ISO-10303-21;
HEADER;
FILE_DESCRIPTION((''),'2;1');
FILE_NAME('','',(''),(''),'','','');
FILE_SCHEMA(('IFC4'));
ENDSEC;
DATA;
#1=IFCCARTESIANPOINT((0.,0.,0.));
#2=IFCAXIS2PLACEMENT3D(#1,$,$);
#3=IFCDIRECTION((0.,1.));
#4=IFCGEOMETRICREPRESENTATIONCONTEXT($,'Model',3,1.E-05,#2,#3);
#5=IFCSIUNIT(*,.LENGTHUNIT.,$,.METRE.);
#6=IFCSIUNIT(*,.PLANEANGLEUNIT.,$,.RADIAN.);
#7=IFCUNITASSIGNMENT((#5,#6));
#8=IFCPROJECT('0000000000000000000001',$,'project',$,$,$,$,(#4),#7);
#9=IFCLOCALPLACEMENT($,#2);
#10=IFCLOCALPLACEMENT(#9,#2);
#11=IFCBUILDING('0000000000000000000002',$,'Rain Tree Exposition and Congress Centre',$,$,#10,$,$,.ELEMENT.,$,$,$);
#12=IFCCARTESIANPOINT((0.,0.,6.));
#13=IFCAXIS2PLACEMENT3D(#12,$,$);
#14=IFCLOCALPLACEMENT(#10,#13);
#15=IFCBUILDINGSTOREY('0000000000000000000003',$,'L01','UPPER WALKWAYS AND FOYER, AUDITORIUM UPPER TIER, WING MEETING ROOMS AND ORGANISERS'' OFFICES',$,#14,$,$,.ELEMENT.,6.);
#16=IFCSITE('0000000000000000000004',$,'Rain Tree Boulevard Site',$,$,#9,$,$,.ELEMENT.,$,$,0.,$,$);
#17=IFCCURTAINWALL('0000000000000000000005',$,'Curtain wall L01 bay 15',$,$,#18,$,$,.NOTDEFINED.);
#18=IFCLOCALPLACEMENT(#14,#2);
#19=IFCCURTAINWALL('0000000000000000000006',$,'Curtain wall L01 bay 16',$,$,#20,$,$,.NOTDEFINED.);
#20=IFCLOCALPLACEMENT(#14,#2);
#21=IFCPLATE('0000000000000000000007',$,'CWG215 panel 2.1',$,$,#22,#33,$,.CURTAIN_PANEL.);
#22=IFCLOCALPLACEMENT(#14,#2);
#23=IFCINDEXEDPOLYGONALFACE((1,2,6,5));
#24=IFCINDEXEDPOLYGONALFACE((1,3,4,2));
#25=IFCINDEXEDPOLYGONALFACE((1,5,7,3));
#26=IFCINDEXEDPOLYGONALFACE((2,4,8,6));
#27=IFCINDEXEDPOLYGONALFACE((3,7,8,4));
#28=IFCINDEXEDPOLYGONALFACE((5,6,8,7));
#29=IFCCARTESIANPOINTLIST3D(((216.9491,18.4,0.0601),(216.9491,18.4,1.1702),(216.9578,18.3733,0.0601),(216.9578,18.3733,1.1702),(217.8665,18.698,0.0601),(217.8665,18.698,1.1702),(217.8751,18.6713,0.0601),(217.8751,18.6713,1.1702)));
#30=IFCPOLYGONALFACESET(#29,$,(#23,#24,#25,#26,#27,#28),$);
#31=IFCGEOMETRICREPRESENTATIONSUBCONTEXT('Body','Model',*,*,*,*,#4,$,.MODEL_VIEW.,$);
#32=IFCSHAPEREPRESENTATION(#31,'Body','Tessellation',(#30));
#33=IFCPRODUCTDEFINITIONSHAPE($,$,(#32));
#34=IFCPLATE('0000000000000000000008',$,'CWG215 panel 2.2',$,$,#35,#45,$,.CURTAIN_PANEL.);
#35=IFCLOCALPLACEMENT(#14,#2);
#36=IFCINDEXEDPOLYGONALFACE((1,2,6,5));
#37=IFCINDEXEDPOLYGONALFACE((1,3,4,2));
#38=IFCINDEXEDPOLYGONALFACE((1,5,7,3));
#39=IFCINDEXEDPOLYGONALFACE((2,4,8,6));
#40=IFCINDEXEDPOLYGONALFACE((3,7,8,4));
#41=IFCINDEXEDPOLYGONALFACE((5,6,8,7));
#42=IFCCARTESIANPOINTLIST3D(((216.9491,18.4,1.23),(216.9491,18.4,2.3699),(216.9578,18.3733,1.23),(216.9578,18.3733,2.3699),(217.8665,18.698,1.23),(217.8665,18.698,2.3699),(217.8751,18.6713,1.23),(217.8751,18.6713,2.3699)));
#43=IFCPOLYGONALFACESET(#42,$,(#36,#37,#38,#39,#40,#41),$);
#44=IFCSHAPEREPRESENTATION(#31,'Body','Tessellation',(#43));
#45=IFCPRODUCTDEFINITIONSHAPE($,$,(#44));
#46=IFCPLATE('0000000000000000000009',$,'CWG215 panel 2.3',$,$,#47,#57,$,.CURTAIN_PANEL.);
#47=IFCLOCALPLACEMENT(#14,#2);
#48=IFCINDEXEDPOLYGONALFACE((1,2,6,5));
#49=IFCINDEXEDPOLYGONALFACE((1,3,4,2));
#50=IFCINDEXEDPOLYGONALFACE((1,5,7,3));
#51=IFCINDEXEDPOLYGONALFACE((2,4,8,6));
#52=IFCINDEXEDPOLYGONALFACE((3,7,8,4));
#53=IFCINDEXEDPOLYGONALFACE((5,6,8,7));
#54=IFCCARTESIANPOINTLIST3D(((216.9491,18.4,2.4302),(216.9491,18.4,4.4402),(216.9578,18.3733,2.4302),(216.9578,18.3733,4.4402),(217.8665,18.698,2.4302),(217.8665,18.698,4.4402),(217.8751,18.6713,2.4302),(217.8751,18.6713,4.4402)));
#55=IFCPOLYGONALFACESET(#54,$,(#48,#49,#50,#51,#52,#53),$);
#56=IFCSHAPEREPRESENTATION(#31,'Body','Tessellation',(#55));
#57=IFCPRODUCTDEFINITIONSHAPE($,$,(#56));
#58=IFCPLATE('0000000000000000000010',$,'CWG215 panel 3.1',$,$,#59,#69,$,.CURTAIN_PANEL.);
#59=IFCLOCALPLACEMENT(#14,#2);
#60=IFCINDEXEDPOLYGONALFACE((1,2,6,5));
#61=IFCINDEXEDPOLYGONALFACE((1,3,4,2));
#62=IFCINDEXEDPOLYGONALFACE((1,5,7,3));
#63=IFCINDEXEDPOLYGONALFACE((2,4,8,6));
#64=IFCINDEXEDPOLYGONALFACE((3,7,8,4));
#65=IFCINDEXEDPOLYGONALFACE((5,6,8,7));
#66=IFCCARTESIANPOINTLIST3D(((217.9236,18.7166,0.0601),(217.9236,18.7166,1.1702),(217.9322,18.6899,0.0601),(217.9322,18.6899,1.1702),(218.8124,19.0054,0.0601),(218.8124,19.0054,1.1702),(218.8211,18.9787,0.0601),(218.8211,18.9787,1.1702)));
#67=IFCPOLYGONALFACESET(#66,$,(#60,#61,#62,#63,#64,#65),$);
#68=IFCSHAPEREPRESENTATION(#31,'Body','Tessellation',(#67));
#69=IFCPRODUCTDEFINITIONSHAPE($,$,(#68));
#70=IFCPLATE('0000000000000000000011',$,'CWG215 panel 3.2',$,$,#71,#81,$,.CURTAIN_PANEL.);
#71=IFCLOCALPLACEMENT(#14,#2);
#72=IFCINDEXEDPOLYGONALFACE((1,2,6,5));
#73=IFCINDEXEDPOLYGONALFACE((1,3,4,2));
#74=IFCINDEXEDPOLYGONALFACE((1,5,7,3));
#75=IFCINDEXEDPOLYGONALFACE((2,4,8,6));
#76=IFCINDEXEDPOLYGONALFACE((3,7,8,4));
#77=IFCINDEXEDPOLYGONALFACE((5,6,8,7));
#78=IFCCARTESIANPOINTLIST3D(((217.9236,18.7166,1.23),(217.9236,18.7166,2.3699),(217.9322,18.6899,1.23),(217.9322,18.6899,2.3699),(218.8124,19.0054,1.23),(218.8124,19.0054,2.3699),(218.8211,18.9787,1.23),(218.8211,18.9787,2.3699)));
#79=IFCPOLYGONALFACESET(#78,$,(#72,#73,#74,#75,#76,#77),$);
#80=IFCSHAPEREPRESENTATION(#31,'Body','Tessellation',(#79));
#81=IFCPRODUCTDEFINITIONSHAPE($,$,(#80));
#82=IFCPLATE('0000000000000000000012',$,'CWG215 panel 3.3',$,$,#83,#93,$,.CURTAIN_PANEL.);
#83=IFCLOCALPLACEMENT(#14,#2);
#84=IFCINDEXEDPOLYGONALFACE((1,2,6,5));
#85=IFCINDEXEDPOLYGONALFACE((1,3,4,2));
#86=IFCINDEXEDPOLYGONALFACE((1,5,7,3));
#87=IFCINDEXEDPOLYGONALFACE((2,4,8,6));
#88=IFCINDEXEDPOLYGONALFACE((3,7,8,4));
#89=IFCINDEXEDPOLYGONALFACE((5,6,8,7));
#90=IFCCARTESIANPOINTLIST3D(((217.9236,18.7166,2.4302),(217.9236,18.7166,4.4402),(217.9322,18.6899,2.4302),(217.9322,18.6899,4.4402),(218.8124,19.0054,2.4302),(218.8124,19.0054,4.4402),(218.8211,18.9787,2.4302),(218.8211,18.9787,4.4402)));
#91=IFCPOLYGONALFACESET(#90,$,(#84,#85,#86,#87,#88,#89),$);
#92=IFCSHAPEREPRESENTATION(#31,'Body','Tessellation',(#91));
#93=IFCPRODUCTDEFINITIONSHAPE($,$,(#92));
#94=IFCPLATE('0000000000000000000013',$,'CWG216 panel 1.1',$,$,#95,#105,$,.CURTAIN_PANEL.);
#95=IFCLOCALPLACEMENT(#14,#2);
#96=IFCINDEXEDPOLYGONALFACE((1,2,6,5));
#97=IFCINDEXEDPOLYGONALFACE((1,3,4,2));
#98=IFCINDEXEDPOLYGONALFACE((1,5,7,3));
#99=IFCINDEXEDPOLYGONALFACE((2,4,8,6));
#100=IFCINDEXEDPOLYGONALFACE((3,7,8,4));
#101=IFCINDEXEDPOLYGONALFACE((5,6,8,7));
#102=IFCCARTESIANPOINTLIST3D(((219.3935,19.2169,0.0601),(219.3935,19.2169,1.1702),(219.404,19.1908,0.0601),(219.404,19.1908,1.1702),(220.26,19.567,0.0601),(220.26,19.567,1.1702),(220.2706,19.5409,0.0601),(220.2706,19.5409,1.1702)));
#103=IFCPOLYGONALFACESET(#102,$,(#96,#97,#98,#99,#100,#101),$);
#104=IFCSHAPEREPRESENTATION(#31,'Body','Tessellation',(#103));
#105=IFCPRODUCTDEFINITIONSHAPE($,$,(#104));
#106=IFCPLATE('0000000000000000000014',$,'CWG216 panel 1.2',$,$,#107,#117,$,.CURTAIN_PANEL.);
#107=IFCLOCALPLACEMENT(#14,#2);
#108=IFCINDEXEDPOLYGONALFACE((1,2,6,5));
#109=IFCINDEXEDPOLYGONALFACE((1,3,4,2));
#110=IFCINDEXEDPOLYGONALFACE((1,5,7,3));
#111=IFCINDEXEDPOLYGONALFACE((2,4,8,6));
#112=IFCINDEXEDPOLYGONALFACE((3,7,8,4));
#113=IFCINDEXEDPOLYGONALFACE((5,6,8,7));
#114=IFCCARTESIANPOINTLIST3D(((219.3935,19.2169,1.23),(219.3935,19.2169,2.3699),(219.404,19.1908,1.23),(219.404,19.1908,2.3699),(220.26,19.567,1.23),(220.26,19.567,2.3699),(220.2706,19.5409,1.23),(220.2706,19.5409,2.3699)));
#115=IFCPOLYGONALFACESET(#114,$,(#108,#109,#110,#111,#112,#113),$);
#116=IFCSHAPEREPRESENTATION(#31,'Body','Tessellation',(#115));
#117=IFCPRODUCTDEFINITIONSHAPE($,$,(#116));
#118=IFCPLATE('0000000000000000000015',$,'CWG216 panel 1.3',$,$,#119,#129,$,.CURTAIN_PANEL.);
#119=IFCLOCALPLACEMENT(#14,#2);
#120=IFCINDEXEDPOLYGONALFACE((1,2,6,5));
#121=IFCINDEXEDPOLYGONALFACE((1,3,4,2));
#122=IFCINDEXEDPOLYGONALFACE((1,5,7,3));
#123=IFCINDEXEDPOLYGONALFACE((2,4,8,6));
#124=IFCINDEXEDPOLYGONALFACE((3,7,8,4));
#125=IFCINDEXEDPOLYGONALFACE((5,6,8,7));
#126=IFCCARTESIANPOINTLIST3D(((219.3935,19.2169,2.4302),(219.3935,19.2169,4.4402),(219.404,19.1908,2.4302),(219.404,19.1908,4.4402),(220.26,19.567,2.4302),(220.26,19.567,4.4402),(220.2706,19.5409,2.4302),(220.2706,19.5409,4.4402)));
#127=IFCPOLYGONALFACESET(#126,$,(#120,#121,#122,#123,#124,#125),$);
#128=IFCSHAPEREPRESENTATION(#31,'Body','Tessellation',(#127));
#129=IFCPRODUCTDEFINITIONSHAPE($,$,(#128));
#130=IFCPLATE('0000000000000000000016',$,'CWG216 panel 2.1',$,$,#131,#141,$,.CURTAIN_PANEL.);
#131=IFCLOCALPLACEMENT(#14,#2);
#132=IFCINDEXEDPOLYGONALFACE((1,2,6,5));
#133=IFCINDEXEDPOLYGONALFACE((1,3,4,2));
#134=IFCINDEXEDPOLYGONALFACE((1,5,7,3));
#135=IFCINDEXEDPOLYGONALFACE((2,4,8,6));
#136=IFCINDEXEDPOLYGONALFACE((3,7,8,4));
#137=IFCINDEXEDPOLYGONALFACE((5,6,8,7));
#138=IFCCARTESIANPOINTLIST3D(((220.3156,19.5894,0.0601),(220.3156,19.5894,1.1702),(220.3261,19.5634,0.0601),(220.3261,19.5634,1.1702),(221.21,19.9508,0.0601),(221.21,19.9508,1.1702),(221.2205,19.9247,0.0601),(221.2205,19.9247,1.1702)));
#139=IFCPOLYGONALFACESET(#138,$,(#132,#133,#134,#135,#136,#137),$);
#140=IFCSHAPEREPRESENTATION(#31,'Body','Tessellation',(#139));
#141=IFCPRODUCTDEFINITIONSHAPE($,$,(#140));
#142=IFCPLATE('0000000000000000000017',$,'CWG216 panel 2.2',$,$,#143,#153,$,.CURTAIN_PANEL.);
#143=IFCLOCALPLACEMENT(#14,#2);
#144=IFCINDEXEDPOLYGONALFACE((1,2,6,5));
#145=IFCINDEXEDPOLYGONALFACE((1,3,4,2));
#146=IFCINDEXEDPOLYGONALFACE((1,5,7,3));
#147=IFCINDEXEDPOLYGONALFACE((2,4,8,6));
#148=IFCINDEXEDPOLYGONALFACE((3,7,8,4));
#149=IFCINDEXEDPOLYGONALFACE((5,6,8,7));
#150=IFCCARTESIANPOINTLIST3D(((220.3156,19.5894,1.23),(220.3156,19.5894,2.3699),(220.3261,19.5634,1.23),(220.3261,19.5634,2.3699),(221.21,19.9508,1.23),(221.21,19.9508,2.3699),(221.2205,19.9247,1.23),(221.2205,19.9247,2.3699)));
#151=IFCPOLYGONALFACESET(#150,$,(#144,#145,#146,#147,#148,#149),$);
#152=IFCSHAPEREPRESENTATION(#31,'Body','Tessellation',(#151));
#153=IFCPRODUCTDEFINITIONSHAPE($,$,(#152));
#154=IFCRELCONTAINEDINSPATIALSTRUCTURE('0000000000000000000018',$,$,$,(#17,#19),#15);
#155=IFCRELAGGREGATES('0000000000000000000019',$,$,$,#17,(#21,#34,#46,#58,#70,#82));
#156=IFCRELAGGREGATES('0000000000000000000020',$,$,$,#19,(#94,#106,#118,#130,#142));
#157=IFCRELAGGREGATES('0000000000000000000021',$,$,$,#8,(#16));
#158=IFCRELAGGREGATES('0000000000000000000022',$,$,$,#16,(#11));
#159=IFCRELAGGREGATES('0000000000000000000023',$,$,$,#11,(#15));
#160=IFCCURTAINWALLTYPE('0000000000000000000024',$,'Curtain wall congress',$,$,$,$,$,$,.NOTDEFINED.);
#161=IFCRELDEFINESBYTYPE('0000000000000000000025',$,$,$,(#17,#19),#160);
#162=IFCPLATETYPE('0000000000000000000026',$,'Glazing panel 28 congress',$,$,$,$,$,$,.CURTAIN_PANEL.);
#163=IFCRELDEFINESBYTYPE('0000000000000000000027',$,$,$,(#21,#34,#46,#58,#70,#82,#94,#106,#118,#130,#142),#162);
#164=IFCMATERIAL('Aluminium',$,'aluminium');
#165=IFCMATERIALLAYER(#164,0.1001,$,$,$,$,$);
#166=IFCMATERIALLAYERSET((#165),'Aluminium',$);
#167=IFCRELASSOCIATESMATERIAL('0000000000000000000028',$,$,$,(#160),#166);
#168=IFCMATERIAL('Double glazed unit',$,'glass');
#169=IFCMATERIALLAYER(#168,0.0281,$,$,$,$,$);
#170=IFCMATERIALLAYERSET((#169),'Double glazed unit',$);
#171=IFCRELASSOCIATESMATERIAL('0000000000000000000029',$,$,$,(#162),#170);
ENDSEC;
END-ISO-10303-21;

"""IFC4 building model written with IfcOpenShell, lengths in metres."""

from ifc_helpers import new_model, si_unit, direction, frame, origin, origin_2d, place, context, subcontext, project, spatial, rectangle, extrude, material, layer, layer_set, type_object, element, aggregate, save


model = new_model("IFC4")

# Units and contexts
model_context = context("Model", 3, precision=1e-05, world=origin(), true_north=direction((0.0, 1.0)))
body_context = subcontext(model_context, "Body", "Model", "MODEL_VIEW")
ifc_project = project(units=[si_unit("LENGTHUNIT", "METRE"), si_unit("PLANEANGLEUNIT", "RADIAN")], contexts=[model_context])

# Site, building, storey
site_placement = place(None, origin())
site = spatial("IfcSite", under=ifc_project, at=site_placement, Name="Rain Tree Boulevard Site", CompositionType="ELEMENT", RefElevation=0.0)
building_placement = place(site_placement, origin())
building = spatial("IfcBuilding", under=site, at=building_placement, Name="Rain Tree Exposition and Congress Centre", CompositionType="ELEMENT")
storey_placement = place(building_placement, frame((0.0, 0.0, 6.0)))
storey = spatial("IfcBuildingStorey", under=building, at=storey_placement, Name="L01", Description="UPPER WALKWAYS AND FOYER, AUDITORIUM UPPER TIER, WING MEETING ROOMS AND ORGANISERS' OFFICES", CompositionType="ELEMENT", Elevation=6.0)

# Curtain walls
ifc_material_1 = material(Name="Aluminium", Category="aluminium")
ifc_layer_1 = layer(ifc_material_1, 0.1001)
ifc_layer_set_1 = layer_set([ifc_layer_1], Name="Aluminium")
curtain_wall_type = type_object("IfcCurtainWallType", Name="Curtain wall congress", PredefinedType="NOTDEFINED", material=ifc_layer_set_1)
curtain_wall_1_placement = place(storey_placement, origin())
curtain_wall_1 = element("IfcCurtainWall", 1, at=curtain_wall_1_placement, inside=storey, type_object=curtain_wall_type, Name="Curtain wall L01 bay 15", PredefinedType="NOTDEFINED")
curtain_wall_2_placement = place(storey_placement, origin())
curtain_wall_2 = element("IfcCurtainWall", 2, at=curtain_wall_2_placement, inside=storey, type_object=curtain_wall_type, Name="Curtain wall L01 bay 16", PredefinedType="NOTDEFINED")

# Plates
ifc_material_2 = material(Name="Double glazed unit", Category="glass")
ifc_layer_2 = layer(ifc_material_2, 0.0281)
ifc_layer_set_2 = layer_set([ifc_layer_2], Name="Double glazed unit")
plate_type = type_object("IfcPlateType", Name="Glazing panel 28 congress", PredefinedType="CURTAIN_PANEL", material=ifc_layer_set_2)
plate_1_placement = place(storey_placement, frame((217.4121, 18.5356, 0.0601), z_axis=(0.0, 0.0, 1.0), x_axis=(0.95106, 0.309006, 0.0)))
plate_1 = element("IfcPlate", 3, at=plate_1_placement, type_object=plate_type, Name="CWG215 panel 2.1", PredefinedType="CURTAIN_PANEL", context=body_context, shape_type="SweptSolid", body=[
    extrude(rectangle(XDim=0.9646, YDim=0.0281, at=origin_2d()), origin(), (0.0, 0.0, 1.0), 1.1101),
])
plate_2_placement = place(storey_placement, frame((217.4121, 18.5356, 1.23), z_axis=(0.0, 0.0, 1.0), x_axis=(0.95106, 0.309006, 0.0)))
plate_2 = element("IfcPlate", 4, at=plate_2_placement, type_object=plate_type, Name="CWG215 panel 2.2", PredefinedType="CURTAIN_PANEL", context=body_context, shape_type="SweptSolid", body=[
    extrude(rectangle(XDim=0.9646, YDim=0.0281, at=origin_2d()), origin(), (0.0, 0.0, 1.0), 1.1399),
])
plate_3_placement = place(storey_placement, frame((217.4121, 18.5356, 2.4302), z_axis=(0.0, 0.0, 1.0), x_axis=(0.95106, 0.309006, 0.0)))
plate_3 = element("IfcPlate", 5, at=plate_3_placement, type_object=plate_type, Name="CWG215 panel 2.3", PredefinedType="CURTAIN_PANEL", context=body_context, shape_type="SweptSolid", body=[
    extrude(rectangle(XDim=0.9646, YDim=0.0281, at=origin_2d()), origin(), (0.0, 0.0, 1.0), 2.01),
])
plate_4_placement = place(storey_placement, frame((218.3723, 18.8477, 0.0601), z_axis=(0.0, 0.0, 1.0), x_axis=(0.95106, 0.309006, 0.0)))
plate_4 = element("IfcPlate", 6, at=plate_4_placement, type_object=plate_type, Name="CWG215 panel 3.1", PredefinedType="CURTAIN_PANEL", context=body_context, shape_type="SweptSolid", body=[
    extrude(rectangle(XDim=0.9346, YDim=0.0281, at=origin_2d()), origin(), (0.0, 0.0, 1.0), 1.1101),
])
plate_5_placement = place(storey_placement, frame((218.3723, 18.8477, 1.23), z_axis=(0.0, 0.0, 1.0), x_axis=(0.95106, 0.309006, 0.0)))
plate_5 = element("IfcPlate", 7, at=plate_5_placement, type_object=plate_type, Name="CWG215 panel 3.2", PredefinedType="CURTAIN_PANEL", context=body_context, shape_type="SweptSolid", body=[
    extrude(rectangle(XDim=0.9346, YDim=0.0281, at=origin_2d()), origin(), (0.0, 0.0, 1.0), 1.1399),
])
plate_6_placement = place(storey_placement, frame((218.3723, 18.8477, 2.4302), z_axis=(0.0, 0.0, 1.0), x_axis=(0.95106, 0.309006, 0.0)))
plate_6 = element("IfcPlate", 8, at=plate_6_placement, type_object=plate_type, Name="CWG215 panel 3.3", PredefinedType="CURTAIN_PANEL", context=body_context, shape_type="SweptSolid", body=[
    extrude(rectangle(XDim=0.9346, YDim=0.0281, at=origin_2d()), origin(), (0.0, 0.0, 1.0), 2.01),
])
aggregate(curtain_wall_1, [plate_1, plate_2, plate_3, plate_4, plate_5, plate_6])
plate_7_placement = place(storey_placement, frame((219.832, 19.3789, 0.0601), z_axis=(0.0, 0.0, 1.0), x_axis=(0.927188, 0.374597, 0.0)))
plate_7 = element("IfcPlate", 9, at=plate_7_placement, type_object=plate_type, Name="CWG216 panel 1.1", PredefinedType="CURTAIN_PANEL", context=body_context, shape_type="SweptSolid", body=[
    extrude(rectangle(XDim=0.9346, YDim=0.0281, at=origin_2d()), origin(), (0.0, 0.0, 1.0), 1.1101),
])
plate_8_placement = place(storey_placement, frame((219.832, 19.3789, 1.23), z_axis=(0.0, 0.0, 1.0), x_axis=(0.927188, 0.374597, 0.0)))
plate_8 = element("IfcPlate", 10, at=plate_8_placement, type_object=plate_type, Name="CWG216 panel 1.2", PredefinedType="CURTAIN_PANEL", context=body_context, shape_type="SweptSolid", body=[
    extrude(rectangle(XDim=0.9346, YDim=0.0281, at=origin_2d()), origin(), (0.0, 0.0, 1.0), 1.1399),
])
plate_9_placement = place(storey_placement, frame((219.832, 19.3789, 2.4302), z_axis=(0.0, 0.0, 1.0), x_axis=(0.927188, 0.374597, 0.0)))
plate_9 = element("IfcPlate", 11, at=plate_9_placement, type_object=plate_type, Name="CWG216 panel 1.3", PredefinedType="CURTAIN_PANEL", context=body_context, shape_type="SweptSolid", body=[
    extrude(rectangle(XDim=0.9346, YDim=0.0281, at=origin_2d()), origin(), (0.0, 0.0, 1.0), 2.01),
])
plate_10_placement = place(storey_placement, frame((220.7681, 19.7571, 0.0601), z_axis=(0.0, 0.0, 1.0), x_axis=(0.927188, 0.374597, 0.0)))
plate_10 = element("IfcPlate", 12, at=plate_10_placement, type_object=plate_type, Name="CWG216 panel 2.1", PredefinedType="CURTAIN_PANEL", context=body_context, shape_type="SweptSolid", body=[
    extrude(rectangle(XDim=0.9646, YDim=0.0281, at=origin_2d()), origin(), (0.0, 0.0, 1.0), 1.1101),
])
plate_11_placement = place(storey_placement, frame((220.7681, 19.7571, 1.23), z_axis=(0.0, 0.0, 1.0), x_axis=(0.927188, 0.374597, 0.0)))
plate_11 = element("IfcPlate", 13, at=plate_11_placement, type_object=plate_type, Name="CWG216 panel 2.2", PredefinedType="CURTAIN_PANEL", context=body_context, shape_type="SweptSolid", body=[
    extrude(rectangle(XDim=0.9646, YDim=0.0281, at=origin_2d()), origin(), (0.0, 0.0, 1.0), 1.1399),
])
aggregate(curtain_wall_2, [plate_7, plate_8, plate_9, plate_10, plate_11])

save(model, "model.ifc")
